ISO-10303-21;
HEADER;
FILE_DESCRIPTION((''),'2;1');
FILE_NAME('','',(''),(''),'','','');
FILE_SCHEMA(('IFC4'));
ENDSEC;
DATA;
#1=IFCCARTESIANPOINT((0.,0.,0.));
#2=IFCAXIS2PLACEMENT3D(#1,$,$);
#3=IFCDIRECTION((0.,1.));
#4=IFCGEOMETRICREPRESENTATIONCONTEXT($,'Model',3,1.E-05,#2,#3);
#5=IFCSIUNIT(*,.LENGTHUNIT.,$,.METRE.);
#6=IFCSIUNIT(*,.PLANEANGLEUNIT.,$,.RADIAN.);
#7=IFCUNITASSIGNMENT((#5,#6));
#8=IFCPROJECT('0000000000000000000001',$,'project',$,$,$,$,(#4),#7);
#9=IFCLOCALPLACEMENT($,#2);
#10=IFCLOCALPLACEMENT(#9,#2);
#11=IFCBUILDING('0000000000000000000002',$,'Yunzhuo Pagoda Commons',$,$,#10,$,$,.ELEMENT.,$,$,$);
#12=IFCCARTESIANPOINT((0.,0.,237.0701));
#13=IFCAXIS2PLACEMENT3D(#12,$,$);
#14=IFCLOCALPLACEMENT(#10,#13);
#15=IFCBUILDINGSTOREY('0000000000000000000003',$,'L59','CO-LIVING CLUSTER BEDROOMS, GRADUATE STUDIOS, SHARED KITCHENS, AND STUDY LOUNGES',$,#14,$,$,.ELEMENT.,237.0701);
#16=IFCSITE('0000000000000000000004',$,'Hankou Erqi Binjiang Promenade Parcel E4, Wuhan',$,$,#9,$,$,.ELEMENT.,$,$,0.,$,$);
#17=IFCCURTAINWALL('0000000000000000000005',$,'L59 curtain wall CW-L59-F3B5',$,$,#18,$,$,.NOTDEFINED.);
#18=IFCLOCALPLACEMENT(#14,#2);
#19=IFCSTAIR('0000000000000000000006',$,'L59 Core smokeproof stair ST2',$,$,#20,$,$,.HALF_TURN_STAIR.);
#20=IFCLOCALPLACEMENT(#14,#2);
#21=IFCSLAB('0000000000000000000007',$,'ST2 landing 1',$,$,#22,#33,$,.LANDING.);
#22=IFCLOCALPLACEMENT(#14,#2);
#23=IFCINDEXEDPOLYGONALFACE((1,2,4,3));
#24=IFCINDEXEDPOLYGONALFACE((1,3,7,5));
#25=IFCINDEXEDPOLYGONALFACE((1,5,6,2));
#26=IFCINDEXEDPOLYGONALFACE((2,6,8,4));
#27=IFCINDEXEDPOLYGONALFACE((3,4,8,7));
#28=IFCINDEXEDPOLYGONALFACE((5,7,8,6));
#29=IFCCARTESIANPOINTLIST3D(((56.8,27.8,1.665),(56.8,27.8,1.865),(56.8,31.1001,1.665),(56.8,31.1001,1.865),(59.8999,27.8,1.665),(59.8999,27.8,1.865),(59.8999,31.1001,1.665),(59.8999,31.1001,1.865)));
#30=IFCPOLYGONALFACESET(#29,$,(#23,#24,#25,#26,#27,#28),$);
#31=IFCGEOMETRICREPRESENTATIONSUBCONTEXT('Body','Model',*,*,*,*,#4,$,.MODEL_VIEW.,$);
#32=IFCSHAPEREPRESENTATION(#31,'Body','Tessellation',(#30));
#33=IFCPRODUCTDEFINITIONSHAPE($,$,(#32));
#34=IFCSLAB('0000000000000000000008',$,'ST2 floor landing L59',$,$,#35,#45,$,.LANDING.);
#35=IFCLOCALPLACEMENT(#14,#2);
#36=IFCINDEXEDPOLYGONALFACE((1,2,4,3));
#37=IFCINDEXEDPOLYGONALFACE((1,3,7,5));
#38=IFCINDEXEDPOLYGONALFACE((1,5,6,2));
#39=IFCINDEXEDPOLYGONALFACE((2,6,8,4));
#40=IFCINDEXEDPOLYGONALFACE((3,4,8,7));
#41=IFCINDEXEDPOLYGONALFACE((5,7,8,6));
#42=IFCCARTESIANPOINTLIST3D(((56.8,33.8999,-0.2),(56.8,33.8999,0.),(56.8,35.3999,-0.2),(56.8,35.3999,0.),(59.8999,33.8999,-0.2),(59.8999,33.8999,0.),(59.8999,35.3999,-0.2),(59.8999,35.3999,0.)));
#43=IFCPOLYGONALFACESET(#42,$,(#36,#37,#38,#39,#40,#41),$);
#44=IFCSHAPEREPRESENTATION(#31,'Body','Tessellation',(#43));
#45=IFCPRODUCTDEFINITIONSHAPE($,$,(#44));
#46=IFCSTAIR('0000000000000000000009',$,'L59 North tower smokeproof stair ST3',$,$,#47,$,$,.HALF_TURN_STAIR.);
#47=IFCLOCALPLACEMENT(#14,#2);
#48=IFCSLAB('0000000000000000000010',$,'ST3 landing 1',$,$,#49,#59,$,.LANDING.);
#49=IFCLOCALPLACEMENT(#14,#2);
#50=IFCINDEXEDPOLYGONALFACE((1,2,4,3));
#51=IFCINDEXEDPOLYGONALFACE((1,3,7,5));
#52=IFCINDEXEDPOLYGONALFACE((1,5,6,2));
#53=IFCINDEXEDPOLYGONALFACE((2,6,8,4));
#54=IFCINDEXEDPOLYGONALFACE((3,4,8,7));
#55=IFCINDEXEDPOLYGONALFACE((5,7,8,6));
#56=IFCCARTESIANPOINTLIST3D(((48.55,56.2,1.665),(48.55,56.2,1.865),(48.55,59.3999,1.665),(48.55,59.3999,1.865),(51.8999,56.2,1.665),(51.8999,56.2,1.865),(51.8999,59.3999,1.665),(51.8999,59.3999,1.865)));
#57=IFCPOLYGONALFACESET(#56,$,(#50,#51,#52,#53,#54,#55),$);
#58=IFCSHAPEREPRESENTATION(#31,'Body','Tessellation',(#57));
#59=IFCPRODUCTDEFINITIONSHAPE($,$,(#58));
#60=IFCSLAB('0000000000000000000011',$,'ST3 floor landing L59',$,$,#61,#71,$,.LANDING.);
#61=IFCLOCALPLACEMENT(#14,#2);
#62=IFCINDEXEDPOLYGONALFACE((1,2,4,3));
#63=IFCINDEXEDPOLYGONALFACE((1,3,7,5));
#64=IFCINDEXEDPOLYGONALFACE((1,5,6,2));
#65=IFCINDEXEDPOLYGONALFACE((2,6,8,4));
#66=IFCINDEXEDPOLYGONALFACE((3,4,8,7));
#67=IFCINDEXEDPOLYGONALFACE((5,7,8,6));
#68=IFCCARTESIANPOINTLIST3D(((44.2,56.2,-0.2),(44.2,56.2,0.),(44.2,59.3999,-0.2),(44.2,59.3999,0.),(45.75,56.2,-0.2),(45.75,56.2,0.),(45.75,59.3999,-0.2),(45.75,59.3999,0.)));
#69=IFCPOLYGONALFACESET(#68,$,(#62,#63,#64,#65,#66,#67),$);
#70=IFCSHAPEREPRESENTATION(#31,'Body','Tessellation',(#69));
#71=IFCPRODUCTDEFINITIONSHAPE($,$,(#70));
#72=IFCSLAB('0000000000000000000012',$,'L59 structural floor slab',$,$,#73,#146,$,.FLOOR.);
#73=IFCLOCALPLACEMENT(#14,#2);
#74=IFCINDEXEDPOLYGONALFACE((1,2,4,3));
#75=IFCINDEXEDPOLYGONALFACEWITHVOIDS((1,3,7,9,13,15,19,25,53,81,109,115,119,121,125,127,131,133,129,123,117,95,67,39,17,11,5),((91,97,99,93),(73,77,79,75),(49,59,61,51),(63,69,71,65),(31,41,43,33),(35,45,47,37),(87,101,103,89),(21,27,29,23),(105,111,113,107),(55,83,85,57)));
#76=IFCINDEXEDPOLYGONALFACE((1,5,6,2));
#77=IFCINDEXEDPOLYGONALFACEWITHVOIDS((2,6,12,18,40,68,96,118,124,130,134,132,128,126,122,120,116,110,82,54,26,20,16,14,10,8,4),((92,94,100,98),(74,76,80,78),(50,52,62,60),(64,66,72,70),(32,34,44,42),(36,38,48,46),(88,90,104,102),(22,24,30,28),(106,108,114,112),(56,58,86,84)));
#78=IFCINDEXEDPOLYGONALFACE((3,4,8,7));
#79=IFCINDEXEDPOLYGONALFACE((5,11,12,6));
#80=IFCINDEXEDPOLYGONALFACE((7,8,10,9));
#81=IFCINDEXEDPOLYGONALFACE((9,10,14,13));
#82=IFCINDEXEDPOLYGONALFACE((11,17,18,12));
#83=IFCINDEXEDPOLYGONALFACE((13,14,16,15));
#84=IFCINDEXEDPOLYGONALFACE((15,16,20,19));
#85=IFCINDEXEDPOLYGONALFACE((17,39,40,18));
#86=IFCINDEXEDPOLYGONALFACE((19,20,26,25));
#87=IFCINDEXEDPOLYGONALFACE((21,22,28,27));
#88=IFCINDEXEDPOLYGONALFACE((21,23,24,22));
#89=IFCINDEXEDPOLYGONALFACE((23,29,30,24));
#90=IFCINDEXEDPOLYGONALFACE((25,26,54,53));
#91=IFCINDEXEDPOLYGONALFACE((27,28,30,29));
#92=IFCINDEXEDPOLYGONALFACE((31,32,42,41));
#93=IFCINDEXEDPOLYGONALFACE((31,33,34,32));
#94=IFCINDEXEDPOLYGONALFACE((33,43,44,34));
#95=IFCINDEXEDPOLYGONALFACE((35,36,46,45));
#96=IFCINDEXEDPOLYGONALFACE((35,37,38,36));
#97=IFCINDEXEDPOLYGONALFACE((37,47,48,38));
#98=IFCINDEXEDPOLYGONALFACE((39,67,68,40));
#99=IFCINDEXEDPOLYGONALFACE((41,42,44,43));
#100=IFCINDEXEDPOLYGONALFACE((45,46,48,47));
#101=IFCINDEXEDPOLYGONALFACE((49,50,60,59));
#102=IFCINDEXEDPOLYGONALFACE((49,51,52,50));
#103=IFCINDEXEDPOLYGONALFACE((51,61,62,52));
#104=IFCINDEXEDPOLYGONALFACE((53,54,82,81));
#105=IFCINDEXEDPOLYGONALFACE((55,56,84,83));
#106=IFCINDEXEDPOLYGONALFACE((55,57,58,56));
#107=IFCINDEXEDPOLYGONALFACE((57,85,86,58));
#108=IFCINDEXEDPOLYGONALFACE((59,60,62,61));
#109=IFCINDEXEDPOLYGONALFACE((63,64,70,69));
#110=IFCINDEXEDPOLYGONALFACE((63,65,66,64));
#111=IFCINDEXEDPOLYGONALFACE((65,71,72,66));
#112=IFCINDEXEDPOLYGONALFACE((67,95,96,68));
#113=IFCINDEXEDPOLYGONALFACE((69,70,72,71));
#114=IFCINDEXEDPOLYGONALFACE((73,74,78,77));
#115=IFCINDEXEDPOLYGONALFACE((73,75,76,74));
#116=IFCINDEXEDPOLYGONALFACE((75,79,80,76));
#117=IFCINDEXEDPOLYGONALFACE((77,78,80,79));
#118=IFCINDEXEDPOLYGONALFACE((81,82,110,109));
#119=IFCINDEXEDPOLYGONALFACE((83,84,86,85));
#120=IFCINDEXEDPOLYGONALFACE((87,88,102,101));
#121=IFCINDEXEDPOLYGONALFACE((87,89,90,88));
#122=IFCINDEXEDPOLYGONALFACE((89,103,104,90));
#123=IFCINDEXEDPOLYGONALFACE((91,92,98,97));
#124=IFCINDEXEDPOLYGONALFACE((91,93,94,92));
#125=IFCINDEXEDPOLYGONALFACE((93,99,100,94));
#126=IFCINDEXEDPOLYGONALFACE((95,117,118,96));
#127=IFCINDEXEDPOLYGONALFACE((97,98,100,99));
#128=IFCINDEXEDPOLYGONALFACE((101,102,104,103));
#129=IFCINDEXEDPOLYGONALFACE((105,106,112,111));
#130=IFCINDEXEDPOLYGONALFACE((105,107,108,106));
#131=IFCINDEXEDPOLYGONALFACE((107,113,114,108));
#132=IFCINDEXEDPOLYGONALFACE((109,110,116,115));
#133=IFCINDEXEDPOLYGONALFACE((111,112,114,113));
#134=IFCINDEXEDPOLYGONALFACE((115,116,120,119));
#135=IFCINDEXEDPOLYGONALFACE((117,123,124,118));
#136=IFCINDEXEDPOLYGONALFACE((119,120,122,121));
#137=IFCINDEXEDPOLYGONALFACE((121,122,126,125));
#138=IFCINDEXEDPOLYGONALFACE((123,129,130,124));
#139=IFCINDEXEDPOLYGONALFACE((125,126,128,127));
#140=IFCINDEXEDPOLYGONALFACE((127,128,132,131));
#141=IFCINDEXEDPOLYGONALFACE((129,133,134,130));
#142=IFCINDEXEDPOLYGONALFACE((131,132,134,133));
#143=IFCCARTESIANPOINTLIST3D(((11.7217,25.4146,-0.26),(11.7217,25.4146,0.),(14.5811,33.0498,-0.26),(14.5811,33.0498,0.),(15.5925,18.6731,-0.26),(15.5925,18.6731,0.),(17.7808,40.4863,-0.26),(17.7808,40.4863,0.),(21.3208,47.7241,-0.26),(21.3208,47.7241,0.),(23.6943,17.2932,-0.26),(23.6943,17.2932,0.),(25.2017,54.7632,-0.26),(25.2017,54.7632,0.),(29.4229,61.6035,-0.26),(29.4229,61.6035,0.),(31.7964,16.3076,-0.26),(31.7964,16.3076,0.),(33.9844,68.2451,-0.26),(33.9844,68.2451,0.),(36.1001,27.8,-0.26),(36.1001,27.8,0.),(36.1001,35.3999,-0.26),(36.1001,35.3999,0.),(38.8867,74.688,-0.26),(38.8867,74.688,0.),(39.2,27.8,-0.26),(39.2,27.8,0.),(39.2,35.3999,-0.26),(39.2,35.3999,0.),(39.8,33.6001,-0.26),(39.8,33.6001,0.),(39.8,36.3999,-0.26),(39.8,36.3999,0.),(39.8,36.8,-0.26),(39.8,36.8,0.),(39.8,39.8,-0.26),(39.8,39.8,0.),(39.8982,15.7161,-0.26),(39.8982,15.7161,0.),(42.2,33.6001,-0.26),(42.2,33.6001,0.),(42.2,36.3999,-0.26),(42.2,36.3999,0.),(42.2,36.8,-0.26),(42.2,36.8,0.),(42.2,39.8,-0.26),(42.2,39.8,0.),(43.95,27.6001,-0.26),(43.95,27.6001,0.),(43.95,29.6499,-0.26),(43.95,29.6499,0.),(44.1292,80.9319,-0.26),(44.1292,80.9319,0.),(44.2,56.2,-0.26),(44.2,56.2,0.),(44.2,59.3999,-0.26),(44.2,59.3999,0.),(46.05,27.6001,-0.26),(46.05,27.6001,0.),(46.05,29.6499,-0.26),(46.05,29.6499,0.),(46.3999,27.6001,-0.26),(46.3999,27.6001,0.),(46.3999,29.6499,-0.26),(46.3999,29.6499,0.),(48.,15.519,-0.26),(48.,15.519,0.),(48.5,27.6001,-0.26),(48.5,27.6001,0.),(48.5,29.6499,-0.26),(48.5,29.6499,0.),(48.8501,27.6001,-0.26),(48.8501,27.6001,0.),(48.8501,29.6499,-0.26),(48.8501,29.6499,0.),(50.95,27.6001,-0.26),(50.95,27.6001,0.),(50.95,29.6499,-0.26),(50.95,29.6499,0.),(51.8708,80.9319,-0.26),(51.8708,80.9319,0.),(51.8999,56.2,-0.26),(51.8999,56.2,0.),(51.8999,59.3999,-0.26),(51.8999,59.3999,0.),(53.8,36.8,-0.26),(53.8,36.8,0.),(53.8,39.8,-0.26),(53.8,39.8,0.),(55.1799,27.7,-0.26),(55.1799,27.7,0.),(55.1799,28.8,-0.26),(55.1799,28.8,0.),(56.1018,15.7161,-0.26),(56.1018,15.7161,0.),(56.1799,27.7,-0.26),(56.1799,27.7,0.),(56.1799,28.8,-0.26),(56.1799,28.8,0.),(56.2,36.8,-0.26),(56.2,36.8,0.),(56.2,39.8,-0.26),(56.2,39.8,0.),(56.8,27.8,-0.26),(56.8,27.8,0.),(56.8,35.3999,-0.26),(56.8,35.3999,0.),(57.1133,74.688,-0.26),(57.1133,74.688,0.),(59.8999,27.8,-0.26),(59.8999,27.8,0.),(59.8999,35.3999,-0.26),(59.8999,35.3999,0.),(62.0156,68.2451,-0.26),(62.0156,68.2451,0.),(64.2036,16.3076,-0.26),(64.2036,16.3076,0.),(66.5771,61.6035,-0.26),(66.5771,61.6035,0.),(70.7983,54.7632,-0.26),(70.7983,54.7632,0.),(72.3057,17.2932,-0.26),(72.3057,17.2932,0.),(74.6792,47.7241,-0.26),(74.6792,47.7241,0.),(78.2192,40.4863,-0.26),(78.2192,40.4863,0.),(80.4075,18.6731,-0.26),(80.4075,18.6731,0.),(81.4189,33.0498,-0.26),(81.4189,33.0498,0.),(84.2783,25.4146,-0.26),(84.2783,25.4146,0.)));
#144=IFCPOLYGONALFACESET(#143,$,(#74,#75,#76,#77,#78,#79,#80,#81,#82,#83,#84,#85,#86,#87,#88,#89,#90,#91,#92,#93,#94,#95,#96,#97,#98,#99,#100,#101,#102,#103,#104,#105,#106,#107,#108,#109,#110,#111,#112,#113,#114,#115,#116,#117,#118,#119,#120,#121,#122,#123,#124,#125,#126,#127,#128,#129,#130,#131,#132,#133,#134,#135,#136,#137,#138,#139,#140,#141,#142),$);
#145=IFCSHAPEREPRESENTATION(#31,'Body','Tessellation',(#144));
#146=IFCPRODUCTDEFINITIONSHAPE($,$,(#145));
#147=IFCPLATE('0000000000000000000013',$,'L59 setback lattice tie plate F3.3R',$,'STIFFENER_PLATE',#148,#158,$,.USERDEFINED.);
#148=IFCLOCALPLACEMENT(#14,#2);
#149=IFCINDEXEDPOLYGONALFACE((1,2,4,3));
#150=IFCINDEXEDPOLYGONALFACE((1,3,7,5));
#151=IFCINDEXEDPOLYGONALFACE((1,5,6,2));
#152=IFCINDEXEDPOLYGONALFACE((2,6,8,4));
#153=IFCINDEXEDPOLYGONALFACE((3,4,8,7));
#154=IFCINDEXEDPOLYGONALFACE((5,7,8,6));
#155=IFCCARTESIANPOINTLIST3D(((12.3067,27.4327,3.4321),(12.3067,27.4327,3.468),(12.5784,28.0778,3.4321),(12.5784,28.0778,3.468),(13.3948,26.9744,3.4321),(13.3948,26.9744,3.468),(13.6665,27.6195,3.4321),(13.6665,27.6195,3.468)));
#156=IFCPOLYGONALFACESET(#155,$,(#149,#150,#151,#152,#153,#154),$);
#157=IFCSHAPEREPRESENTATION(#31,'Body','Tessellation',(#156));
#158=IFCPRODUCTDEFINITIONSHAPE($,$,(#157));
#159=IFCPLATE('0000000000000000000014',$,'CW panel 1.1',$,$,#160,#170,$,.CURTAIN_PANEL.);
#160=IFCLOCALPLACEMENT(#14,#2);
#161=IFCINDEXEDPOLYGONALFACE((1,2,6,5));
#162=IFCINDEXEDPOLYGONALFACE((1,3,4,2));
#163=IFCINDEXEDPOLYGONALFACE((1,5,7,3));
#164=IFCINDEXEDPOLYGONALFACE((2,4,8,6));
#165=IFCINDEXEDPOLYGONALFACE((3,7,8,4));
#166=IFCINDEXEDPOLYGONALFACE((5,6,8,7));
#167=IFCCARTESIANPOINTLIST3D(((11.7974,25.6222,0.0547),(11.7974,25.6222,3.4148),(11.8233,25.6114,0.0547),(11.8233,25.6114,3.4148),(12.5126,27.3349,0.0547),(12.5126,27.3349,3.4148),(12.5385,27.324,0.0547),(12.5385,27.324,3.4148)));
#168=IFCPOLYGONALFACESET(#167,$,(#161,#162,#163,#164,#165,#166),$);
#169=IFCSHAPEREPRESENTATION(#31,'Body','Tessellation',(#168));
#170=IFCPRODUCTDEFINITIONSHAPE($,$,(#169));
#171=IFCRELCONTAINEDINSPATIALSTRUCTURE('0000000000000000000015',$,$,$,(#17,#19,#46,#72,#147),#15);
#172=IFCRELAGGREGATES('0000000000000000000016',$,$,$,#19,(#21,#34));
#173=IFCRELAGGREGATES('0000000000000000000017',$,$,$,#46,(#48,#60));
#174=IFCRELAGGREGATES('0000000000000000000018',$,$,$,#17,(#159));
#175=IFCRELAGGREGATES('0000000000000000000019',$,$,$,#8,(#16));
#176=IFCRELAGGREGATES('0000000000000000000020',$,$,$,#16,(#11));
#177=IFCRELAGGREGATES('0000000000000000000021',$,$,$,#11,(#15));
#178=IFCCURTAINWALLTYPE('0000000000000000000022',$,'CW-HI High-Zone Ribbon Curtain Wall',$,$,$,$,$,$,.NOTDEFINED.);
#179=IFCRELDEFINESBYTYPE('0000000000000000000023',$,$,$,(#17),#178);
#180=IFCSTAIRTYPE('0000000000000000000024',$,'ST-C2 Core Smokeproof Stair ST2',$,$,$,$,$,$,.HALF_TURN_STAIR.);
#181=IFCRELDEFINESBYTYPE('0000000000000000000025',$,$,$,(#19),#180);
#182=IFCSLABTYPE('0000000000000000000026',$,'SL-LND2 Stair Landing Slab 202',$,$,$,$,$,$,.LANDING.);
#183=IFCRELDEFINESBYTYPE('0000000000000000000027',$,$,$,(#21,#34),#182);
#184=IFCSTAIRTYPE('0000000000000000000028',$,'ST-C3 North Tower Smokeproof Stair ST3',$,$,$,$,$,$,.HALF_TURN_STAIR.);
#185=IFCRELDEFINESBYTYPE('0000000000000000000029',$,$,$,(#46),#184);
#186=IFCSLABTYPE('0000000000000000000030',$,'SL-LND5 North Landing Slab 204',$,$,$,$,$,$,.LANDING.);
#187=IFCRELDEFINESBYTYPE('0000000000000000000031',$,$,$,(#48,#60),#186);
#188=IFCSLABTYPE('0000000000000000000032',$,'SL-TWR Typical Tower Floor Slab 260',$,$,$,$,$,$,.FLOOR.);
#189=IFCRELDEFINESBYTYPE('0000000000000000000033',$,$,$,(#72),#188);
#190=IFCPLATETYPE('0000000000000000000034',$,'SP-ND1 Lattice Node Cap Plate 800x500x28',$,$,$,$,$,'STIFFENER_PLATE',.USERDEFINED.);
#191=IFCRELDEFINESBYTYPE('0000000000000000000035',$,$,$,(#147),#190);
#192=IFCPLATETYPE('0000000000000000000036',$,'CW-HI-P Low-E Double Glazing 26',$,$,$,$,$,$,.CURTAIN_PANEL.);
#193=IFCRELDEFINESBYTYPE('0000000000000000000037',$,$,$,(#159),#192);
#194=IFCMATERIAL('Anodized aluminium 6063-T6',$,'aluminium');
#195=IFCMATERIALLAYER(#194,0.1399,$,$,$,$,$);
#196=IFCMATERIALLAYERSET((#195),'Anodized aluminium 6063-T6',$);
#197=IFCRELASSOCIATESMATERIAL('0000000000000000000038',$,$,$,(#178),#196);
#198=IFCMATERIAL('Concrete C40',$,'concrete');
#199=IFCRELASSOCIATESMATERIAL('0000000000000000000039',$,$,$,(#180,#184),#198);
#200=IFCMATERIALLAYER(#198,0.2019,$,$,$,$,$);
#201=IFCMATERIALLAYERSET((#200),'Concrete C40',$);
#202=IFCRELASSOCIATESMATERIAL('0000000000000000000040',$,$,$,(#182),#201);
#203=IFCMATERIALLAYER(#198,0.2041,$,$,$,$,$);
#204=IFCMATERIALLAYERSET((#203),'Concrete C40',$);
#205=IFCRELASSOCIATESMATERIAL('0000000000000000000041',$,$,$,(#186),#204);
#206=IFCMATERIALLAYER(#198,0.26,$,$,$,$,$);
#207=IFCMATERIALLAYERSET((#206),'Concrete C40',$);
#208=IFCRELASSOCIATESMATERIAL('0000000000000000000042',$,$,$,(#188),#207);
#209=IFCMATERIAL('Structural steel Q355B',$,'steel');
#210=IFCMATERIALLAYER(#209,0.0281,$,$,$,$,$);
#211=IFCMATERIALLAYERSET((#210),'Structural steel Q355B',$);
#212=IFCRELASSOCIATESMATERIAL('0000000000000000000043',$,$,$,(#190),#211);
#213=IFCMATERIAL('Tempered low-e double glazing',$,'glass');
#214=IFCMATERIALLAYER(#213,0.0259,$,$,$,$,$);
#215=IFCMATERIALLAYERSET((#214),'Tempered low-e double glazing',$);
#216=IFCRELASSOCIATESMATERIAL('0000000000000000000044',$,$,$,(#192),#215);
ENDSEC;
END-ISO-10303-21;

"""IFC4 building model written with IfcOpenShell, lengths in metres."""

from ifc_helpers import new_model, si_unit, direction, frame, origin, origin_2d, place, context, subcontext, project, spatial, polyline, rectangle, outline, extrude, source, transform, mapped, material, layer, layer_set, type_object, element, aggregate, save


model = new_model("IFC4")

# Units and contexts
model_context = context("Model", 3, precision=1e-05, world=origin(), true_north=direction((0.0, 1.0)))
body_context = subcontext(model_context, "Body", "Model", "MODEL_VIEW")
ifc_project = project(units=[si_unit("LENGTHUNIT", "METRE"), si_unit("PLANEANGLEUNIT", "RADIAN")], contexts=[model_context])

# Site, building, storey
site_placement = place(None, origin())
site = spatial("IfcSite", under=ifc_project, at=site_placement, Name="Hankou Erqi Binjiang Promenade Parcel E4, Wuhan", CompositionType="ELEMENT", RefElevation=0.0)
building_placement = place(site_placement, origin())
building = spatial("IfcBuilding", under=site, at=building_placement, Name="Yunzhuo Pagoda Commons", CompositionType="ELEMENT")
storey_placement = place(building_placement, frame((0.0, 0.0, 237.0701)))
storey = spatial("IfcBuildingStorey", under=building, at=storey_placement, Name="L59", Description="CO-LIVING CLUSTER BEDROOMS, GRADUATE STUDIOS, SHARED KITCHENS, AND STUDY LOUNGES", CompositionType="ELEMENT", Elevation=237.0701)

# Shared definitions
ifc_material_1 = material(Name="Structural steel Q355B", Category="steel")

# Shared definitions
ifc_material_2 = material(Name="Anodized aluminium 6063-T6", Category="aluminium")
ifc_layer_1 = layer(ifc_material_2, 0.1399)
ifc_layer_set_1 = layer_set([ifc_layer_1], Name="Anodized aluminium 6063-T6")
curtain_wall_type = type_object("IfcCurtainWallType", Name="CW-HI High-Zone Ribbon Curtain Wall", PredefinedType="NOTDEFINED", material=ifc_layer_set_1)

# Curtain wall
curtain_wall_1_placement = place(storey_placement, origin())
curtain_wall_1 = element("IfcCurtainWall", 1, at=curtain_wall_1_placement, inside=storey, type_object=curtain_wall_type, Name="L59 curtain wall CW-L59-F3B5", PredefinedType="NOTDEFINED")

# Shared definitions
ifc_material_3 = material(Name="Concrete C40", Category="concrete")

# Stairs, slabs
stair_type_1 = type_object("IfcStairType", Name="ST-C2 Core Smokeproof Stair ST2", PredefinedType="HALF_TURN_STAIR", material=ifc_material_3)
stair_1_placement = place(storey_placement, origin())
stair_1 = element("IfcStair", 2, at=stair_1_placement, inside=storey, type_object=stair_type_1, Name="L59 Core smokeproof stair ST2", PredefinedType="HALF_TURN_STAIR")
ifc_layer_2 = layer(ifc_material_3, 0.2019)
ifc_layer_set_2 = layer_set([ifc_layer_2], Name="Concrete C40")
slab_type_1 = type_object("IfcSlabType", Name="SL-LND2 Stair Landing Slab 202", PredefinedType="LANDING", material=ifc_layer_set_2)
slab_1_placement = place(storey_placement, frame((0.0, 0.0, 1.665)))
slab_1 = element("IfcSlab", 3, at=slab_1_placement, type_object=slab_type_1, Name="ST2 landing 1", PredefinedType="LANDING", context=body_context, shape_type="SweptSolid", body=[
    extrude(outline(polyline([(56.8, 31.1001), (56.8, 27.8), (59.8999, 27.8), (59.8999, 31.1001), (56.8, 31.1001)])), origin(), (0.0, 0.0, 1.0), 0.2),
])
slab_2_placement = place(storey_placement, frame((0.0, 0.0, -0.2)))
slab_2 = element("IfcSlab", 4, at=slab_2_placement, type_object=slab_type_1, Name="ST2 floor landing L59", PredefinedType="LANDING", context=body_context, shape_type="SweptSolid", body=[
    extrude(outline(polyline([(56.8, 35.3999), (56.8, 33.8999), (59.8999, 33.8999), (59.8999, 35.3999), (56.8, 35.3999)])), origin(), (0.0, 0.0, 1.0), 0.2),
])
aggregate(stair_1, [slab_1, slab_2])
stair_type_2 = type_object("IfcStairType", Name="ST-C3 North Tower Smokeproof Stair ST3", PredefinedType="HALF_TURN_STAIR", material=ifc_material_3)
stair_2_placement = place(storey_placement, origin())
stair_2 = element("IfcStair", 5, at=stair_2_placement, inside=storey, type_object=stair_type_2, Name="L59 North tower smokeproof stair ST3", PredefinedType="HALF_TURN_STAIR")
ifc_layer_3 = layer(ifc_material_3, 0.2041)
ifc_layer_set_3 = layer_set([ifc_layer_3], Name="Concrete C40")
slab_type_2 = type_object("IfcSlabType", Name="SL-LND5 North Landing Slab 204", PredefinedType="LANDING", material=ifc_layer_set_3)
slab_3_placement = place(storey_placement, frame((0.0, 0.0, 1.665)))
slab_3 = element("IfcSlab", 6, at=slab_3_placement, type_object=slab_type_2, Name="ST3 landing 1", PredefinedType="LANDING", context=body_context, shape_type="SweptSolid", body=[
    extrude(outline(polyline([(48.55, 56.2), (51.8999, 56.2), (51.8999, 59.3999), (48.55, 59.3999), (48.55, 56.2)])), origin(), (0.0, 0.0, 1.0), 0.2),
])
slab_4_placement = place(storey_placement, frame((0.0, 0.0, -0.2)))
slab_4 = element("IfcSlab", 7, at=slab_4_placement, type_object=slab_type_2, Name="ST3 floor landing L59", PredefinedType="LANDING", context=body_context, shape_type="SweptSolid", body=[
    extrude(outline(polyline([(44.2, 56.2), (45.75, 56.2), (45.75, 59.3999), (44.2, 59.3999), (44.2, 56.2)])), origin(), (0.0, 0.0, 1.0), 0.2),
])
aggregate(stair_2, [slab_3, slab_4])

# Slab
ifc_layer_4 = layer(ifc_material_3, 0.26)
ifc_layer_set_4 = layer_set([ifc_layer_4], Name="Concrete C40")
slab_type_3 = type_object("IfcSlabType", Name="SL-TWR Typical Tower Floor Slab 260", PredefinedType="FLOOR", material=ifc_layer_set_4)
slab_5_placement = place(storey_placement, frame((0.0, 0.0, -0.26)))
element("IfcSlab", 8, at=slab_5_placement, inside=storey, type_object=slab_type_3, Name="L59 structural floor slab", PredefinedType="FLOOR", context=body_context, shape_type="SweptSolid", body=[
    extrude(outline(polyline([(14.5811, 33.0498), (17.7808, 40.4863), (21.3208, 47.7241), (25.2017, 54.7632), (29.4229, 61.6035), (33.9844, 68.2451), (38.8867, 74.688), (44.1292, 80.9319), (51.8708, 80.9319), (57.1133, 74.688), (62.0156, 68.2451), (66.5771, 61.6035), (70.7983, 54.7632), (74.6792, 47.7241), (78.2192, 40.4863), (81.4189, 33.0498), (84.2783, 25.4146), (80.4075, 18.6731), (72.3057, 17.2932), (64.2036, 16.3076), (56.1018, 15.7161), (48.0, 15.519), (39.8982, 15.7161), (31.7964, 16.3076), (23.6943, 17.2932), (15.5925, 18.6731), (11.7217, 25.4146), (14.5811, 33.0498)]), holes=[polyline([(56.1799, 28.8), (55.1799, 28.8), (55.1799, 27.7), (56.1799, 27.7), (56.1799, 28.8)]), polyline([(46.05, 29.6499), (43.95, 29.6499), (43.95, 27.6001), (46.05, 27.6001), (46.05, 29.6499)]), polyline([(48.5, 29.6499), (46.3999, 29.6499), (46.3999, 27.6001), (48.5, 27.6001), (48.5, 29.6499)]), polyline([(50.95, 27.6001), (50.95, 29.6499), (48.8501, 29.6499), (48.8501, 27.6001), (50.95, 27.6001)]), polyline([(36.1001, 27.8), (39.2, 27.8), (39.2, 35.3999), (36.1001, 35.3999), (36.1001, 27.8)]), polyline([(59.8999, 27.8), (59.8999, 35.3999), (56.8, 35.3999), (56.8, 27.8), (59.8999, 27.8)]), polyline([(42.2, 36.3999), (39.8, 36.3999), (39.8, 33.6001), (42.2, 33.6001), (42.2, 36.3999)]), polyline([(42.2, 39.8), (39.8, 39.8), (39.8, 36.8), (42.2, 36.8), (42.2, 39.8)]), polyline([(56.2, 36.8), (56.2, 39.8), (53.8, 39.8), (53.8, 36.8), (56.2, 36.8)]), polyline([(51.8999, 56.2), (51.8999, 59.3999), (44.2, 59.3999), (44.2, 56.2), (51.8999, 56.2)])]), origin(), (0.0, 0.0, 1.0), 0.26),
])

# Plates
ifc_layer_5 = layer(ifc_material_1, 0.0281)
ifc_layer_set_5 = layer_set([ifc_layer_5], Name="Structural steel Q355B")
plate_type_1 = type_object("IfcPlateType", Name="SP-ND1 Lattice Node Cap Plate 800x500x28", ElementType="STIFFENER_PLATE", PredefinedType="USERDEFINED", material=ifc_layer_set_5)
shared_shape_1 = source(origin(), body_context, "Body", "SweptSolid", [
    extrude(rectangle(XDim=0.7, YDim=1.1807, at=origin_2d()), origin(), (0.0, 0.0, 1.0), 0.0359),
])
plate_1_placement = place(storey_placement, frame((12.9866, 27.5261, 3.4321), z_axis=(0.0, 0.0, 1.0), x_axis=(-0.388175, -0.921586, 0.0)))
element("IfcPlate", 9, at=plate_1_placement, inside=storey, type_object=plate_type_1, Name="L59 setback lattice tie plate F3.3R", ObjectType="STIFFENER_PLATE", PredefinedType="USERDEFINED", context=body_context, shape_type="MappedRepresentation", body=[
    mapped(shared_shape_1, transform((0.0, 0.0, 0.0), scale=1.0)),
])
ifc_material_4 = material(Name="Tempered low-e double glazing", Category="glass")
ifc_layer_6 = layer(ifc_material_4, 0.0259)
ifc_layer_set_6 = layer_set([ifc_layer_6], Name="Tempered low-e double glazing")
plate_type_2 = type_object("IfcPlateType", Name="CW-HI-P Low-E Double Glazing 26", PredefinedType="CURTAIN_PANEL", material=ifc_layer_set_6)
shared_shape_2 = source(origin(), body_context, "Body", "SweptSolid", [
    extrude(rectangle(XDim=1.856, YDim=0.0281, at=origin_2d()), origin(), (0.0, 0.0, 1.0), 3.3601),
])
plate_2_placement = place(storey_placement, frame((12.168, 26.4731, 0.0547), z_axis=(0.0, 0.0, 1.0), x_axis=(-0.385345, -0.922773, 0.0)))
plate_2 = element("IfcPlate", 10, at=plate_2_placement, type_object=plate_type_2, Name="CW panel 1.1", PredefinedType="CURTAIN_PANEL", context=body_context, shape_type="MappedRepresentation", body=[
    mapped(shared_shape_2, transform((0.0, 0.0, 0.0), scale=1.0)),
])
aggregate(curtain_wall_1, [plate_2])

save(model, "model.ifc")
